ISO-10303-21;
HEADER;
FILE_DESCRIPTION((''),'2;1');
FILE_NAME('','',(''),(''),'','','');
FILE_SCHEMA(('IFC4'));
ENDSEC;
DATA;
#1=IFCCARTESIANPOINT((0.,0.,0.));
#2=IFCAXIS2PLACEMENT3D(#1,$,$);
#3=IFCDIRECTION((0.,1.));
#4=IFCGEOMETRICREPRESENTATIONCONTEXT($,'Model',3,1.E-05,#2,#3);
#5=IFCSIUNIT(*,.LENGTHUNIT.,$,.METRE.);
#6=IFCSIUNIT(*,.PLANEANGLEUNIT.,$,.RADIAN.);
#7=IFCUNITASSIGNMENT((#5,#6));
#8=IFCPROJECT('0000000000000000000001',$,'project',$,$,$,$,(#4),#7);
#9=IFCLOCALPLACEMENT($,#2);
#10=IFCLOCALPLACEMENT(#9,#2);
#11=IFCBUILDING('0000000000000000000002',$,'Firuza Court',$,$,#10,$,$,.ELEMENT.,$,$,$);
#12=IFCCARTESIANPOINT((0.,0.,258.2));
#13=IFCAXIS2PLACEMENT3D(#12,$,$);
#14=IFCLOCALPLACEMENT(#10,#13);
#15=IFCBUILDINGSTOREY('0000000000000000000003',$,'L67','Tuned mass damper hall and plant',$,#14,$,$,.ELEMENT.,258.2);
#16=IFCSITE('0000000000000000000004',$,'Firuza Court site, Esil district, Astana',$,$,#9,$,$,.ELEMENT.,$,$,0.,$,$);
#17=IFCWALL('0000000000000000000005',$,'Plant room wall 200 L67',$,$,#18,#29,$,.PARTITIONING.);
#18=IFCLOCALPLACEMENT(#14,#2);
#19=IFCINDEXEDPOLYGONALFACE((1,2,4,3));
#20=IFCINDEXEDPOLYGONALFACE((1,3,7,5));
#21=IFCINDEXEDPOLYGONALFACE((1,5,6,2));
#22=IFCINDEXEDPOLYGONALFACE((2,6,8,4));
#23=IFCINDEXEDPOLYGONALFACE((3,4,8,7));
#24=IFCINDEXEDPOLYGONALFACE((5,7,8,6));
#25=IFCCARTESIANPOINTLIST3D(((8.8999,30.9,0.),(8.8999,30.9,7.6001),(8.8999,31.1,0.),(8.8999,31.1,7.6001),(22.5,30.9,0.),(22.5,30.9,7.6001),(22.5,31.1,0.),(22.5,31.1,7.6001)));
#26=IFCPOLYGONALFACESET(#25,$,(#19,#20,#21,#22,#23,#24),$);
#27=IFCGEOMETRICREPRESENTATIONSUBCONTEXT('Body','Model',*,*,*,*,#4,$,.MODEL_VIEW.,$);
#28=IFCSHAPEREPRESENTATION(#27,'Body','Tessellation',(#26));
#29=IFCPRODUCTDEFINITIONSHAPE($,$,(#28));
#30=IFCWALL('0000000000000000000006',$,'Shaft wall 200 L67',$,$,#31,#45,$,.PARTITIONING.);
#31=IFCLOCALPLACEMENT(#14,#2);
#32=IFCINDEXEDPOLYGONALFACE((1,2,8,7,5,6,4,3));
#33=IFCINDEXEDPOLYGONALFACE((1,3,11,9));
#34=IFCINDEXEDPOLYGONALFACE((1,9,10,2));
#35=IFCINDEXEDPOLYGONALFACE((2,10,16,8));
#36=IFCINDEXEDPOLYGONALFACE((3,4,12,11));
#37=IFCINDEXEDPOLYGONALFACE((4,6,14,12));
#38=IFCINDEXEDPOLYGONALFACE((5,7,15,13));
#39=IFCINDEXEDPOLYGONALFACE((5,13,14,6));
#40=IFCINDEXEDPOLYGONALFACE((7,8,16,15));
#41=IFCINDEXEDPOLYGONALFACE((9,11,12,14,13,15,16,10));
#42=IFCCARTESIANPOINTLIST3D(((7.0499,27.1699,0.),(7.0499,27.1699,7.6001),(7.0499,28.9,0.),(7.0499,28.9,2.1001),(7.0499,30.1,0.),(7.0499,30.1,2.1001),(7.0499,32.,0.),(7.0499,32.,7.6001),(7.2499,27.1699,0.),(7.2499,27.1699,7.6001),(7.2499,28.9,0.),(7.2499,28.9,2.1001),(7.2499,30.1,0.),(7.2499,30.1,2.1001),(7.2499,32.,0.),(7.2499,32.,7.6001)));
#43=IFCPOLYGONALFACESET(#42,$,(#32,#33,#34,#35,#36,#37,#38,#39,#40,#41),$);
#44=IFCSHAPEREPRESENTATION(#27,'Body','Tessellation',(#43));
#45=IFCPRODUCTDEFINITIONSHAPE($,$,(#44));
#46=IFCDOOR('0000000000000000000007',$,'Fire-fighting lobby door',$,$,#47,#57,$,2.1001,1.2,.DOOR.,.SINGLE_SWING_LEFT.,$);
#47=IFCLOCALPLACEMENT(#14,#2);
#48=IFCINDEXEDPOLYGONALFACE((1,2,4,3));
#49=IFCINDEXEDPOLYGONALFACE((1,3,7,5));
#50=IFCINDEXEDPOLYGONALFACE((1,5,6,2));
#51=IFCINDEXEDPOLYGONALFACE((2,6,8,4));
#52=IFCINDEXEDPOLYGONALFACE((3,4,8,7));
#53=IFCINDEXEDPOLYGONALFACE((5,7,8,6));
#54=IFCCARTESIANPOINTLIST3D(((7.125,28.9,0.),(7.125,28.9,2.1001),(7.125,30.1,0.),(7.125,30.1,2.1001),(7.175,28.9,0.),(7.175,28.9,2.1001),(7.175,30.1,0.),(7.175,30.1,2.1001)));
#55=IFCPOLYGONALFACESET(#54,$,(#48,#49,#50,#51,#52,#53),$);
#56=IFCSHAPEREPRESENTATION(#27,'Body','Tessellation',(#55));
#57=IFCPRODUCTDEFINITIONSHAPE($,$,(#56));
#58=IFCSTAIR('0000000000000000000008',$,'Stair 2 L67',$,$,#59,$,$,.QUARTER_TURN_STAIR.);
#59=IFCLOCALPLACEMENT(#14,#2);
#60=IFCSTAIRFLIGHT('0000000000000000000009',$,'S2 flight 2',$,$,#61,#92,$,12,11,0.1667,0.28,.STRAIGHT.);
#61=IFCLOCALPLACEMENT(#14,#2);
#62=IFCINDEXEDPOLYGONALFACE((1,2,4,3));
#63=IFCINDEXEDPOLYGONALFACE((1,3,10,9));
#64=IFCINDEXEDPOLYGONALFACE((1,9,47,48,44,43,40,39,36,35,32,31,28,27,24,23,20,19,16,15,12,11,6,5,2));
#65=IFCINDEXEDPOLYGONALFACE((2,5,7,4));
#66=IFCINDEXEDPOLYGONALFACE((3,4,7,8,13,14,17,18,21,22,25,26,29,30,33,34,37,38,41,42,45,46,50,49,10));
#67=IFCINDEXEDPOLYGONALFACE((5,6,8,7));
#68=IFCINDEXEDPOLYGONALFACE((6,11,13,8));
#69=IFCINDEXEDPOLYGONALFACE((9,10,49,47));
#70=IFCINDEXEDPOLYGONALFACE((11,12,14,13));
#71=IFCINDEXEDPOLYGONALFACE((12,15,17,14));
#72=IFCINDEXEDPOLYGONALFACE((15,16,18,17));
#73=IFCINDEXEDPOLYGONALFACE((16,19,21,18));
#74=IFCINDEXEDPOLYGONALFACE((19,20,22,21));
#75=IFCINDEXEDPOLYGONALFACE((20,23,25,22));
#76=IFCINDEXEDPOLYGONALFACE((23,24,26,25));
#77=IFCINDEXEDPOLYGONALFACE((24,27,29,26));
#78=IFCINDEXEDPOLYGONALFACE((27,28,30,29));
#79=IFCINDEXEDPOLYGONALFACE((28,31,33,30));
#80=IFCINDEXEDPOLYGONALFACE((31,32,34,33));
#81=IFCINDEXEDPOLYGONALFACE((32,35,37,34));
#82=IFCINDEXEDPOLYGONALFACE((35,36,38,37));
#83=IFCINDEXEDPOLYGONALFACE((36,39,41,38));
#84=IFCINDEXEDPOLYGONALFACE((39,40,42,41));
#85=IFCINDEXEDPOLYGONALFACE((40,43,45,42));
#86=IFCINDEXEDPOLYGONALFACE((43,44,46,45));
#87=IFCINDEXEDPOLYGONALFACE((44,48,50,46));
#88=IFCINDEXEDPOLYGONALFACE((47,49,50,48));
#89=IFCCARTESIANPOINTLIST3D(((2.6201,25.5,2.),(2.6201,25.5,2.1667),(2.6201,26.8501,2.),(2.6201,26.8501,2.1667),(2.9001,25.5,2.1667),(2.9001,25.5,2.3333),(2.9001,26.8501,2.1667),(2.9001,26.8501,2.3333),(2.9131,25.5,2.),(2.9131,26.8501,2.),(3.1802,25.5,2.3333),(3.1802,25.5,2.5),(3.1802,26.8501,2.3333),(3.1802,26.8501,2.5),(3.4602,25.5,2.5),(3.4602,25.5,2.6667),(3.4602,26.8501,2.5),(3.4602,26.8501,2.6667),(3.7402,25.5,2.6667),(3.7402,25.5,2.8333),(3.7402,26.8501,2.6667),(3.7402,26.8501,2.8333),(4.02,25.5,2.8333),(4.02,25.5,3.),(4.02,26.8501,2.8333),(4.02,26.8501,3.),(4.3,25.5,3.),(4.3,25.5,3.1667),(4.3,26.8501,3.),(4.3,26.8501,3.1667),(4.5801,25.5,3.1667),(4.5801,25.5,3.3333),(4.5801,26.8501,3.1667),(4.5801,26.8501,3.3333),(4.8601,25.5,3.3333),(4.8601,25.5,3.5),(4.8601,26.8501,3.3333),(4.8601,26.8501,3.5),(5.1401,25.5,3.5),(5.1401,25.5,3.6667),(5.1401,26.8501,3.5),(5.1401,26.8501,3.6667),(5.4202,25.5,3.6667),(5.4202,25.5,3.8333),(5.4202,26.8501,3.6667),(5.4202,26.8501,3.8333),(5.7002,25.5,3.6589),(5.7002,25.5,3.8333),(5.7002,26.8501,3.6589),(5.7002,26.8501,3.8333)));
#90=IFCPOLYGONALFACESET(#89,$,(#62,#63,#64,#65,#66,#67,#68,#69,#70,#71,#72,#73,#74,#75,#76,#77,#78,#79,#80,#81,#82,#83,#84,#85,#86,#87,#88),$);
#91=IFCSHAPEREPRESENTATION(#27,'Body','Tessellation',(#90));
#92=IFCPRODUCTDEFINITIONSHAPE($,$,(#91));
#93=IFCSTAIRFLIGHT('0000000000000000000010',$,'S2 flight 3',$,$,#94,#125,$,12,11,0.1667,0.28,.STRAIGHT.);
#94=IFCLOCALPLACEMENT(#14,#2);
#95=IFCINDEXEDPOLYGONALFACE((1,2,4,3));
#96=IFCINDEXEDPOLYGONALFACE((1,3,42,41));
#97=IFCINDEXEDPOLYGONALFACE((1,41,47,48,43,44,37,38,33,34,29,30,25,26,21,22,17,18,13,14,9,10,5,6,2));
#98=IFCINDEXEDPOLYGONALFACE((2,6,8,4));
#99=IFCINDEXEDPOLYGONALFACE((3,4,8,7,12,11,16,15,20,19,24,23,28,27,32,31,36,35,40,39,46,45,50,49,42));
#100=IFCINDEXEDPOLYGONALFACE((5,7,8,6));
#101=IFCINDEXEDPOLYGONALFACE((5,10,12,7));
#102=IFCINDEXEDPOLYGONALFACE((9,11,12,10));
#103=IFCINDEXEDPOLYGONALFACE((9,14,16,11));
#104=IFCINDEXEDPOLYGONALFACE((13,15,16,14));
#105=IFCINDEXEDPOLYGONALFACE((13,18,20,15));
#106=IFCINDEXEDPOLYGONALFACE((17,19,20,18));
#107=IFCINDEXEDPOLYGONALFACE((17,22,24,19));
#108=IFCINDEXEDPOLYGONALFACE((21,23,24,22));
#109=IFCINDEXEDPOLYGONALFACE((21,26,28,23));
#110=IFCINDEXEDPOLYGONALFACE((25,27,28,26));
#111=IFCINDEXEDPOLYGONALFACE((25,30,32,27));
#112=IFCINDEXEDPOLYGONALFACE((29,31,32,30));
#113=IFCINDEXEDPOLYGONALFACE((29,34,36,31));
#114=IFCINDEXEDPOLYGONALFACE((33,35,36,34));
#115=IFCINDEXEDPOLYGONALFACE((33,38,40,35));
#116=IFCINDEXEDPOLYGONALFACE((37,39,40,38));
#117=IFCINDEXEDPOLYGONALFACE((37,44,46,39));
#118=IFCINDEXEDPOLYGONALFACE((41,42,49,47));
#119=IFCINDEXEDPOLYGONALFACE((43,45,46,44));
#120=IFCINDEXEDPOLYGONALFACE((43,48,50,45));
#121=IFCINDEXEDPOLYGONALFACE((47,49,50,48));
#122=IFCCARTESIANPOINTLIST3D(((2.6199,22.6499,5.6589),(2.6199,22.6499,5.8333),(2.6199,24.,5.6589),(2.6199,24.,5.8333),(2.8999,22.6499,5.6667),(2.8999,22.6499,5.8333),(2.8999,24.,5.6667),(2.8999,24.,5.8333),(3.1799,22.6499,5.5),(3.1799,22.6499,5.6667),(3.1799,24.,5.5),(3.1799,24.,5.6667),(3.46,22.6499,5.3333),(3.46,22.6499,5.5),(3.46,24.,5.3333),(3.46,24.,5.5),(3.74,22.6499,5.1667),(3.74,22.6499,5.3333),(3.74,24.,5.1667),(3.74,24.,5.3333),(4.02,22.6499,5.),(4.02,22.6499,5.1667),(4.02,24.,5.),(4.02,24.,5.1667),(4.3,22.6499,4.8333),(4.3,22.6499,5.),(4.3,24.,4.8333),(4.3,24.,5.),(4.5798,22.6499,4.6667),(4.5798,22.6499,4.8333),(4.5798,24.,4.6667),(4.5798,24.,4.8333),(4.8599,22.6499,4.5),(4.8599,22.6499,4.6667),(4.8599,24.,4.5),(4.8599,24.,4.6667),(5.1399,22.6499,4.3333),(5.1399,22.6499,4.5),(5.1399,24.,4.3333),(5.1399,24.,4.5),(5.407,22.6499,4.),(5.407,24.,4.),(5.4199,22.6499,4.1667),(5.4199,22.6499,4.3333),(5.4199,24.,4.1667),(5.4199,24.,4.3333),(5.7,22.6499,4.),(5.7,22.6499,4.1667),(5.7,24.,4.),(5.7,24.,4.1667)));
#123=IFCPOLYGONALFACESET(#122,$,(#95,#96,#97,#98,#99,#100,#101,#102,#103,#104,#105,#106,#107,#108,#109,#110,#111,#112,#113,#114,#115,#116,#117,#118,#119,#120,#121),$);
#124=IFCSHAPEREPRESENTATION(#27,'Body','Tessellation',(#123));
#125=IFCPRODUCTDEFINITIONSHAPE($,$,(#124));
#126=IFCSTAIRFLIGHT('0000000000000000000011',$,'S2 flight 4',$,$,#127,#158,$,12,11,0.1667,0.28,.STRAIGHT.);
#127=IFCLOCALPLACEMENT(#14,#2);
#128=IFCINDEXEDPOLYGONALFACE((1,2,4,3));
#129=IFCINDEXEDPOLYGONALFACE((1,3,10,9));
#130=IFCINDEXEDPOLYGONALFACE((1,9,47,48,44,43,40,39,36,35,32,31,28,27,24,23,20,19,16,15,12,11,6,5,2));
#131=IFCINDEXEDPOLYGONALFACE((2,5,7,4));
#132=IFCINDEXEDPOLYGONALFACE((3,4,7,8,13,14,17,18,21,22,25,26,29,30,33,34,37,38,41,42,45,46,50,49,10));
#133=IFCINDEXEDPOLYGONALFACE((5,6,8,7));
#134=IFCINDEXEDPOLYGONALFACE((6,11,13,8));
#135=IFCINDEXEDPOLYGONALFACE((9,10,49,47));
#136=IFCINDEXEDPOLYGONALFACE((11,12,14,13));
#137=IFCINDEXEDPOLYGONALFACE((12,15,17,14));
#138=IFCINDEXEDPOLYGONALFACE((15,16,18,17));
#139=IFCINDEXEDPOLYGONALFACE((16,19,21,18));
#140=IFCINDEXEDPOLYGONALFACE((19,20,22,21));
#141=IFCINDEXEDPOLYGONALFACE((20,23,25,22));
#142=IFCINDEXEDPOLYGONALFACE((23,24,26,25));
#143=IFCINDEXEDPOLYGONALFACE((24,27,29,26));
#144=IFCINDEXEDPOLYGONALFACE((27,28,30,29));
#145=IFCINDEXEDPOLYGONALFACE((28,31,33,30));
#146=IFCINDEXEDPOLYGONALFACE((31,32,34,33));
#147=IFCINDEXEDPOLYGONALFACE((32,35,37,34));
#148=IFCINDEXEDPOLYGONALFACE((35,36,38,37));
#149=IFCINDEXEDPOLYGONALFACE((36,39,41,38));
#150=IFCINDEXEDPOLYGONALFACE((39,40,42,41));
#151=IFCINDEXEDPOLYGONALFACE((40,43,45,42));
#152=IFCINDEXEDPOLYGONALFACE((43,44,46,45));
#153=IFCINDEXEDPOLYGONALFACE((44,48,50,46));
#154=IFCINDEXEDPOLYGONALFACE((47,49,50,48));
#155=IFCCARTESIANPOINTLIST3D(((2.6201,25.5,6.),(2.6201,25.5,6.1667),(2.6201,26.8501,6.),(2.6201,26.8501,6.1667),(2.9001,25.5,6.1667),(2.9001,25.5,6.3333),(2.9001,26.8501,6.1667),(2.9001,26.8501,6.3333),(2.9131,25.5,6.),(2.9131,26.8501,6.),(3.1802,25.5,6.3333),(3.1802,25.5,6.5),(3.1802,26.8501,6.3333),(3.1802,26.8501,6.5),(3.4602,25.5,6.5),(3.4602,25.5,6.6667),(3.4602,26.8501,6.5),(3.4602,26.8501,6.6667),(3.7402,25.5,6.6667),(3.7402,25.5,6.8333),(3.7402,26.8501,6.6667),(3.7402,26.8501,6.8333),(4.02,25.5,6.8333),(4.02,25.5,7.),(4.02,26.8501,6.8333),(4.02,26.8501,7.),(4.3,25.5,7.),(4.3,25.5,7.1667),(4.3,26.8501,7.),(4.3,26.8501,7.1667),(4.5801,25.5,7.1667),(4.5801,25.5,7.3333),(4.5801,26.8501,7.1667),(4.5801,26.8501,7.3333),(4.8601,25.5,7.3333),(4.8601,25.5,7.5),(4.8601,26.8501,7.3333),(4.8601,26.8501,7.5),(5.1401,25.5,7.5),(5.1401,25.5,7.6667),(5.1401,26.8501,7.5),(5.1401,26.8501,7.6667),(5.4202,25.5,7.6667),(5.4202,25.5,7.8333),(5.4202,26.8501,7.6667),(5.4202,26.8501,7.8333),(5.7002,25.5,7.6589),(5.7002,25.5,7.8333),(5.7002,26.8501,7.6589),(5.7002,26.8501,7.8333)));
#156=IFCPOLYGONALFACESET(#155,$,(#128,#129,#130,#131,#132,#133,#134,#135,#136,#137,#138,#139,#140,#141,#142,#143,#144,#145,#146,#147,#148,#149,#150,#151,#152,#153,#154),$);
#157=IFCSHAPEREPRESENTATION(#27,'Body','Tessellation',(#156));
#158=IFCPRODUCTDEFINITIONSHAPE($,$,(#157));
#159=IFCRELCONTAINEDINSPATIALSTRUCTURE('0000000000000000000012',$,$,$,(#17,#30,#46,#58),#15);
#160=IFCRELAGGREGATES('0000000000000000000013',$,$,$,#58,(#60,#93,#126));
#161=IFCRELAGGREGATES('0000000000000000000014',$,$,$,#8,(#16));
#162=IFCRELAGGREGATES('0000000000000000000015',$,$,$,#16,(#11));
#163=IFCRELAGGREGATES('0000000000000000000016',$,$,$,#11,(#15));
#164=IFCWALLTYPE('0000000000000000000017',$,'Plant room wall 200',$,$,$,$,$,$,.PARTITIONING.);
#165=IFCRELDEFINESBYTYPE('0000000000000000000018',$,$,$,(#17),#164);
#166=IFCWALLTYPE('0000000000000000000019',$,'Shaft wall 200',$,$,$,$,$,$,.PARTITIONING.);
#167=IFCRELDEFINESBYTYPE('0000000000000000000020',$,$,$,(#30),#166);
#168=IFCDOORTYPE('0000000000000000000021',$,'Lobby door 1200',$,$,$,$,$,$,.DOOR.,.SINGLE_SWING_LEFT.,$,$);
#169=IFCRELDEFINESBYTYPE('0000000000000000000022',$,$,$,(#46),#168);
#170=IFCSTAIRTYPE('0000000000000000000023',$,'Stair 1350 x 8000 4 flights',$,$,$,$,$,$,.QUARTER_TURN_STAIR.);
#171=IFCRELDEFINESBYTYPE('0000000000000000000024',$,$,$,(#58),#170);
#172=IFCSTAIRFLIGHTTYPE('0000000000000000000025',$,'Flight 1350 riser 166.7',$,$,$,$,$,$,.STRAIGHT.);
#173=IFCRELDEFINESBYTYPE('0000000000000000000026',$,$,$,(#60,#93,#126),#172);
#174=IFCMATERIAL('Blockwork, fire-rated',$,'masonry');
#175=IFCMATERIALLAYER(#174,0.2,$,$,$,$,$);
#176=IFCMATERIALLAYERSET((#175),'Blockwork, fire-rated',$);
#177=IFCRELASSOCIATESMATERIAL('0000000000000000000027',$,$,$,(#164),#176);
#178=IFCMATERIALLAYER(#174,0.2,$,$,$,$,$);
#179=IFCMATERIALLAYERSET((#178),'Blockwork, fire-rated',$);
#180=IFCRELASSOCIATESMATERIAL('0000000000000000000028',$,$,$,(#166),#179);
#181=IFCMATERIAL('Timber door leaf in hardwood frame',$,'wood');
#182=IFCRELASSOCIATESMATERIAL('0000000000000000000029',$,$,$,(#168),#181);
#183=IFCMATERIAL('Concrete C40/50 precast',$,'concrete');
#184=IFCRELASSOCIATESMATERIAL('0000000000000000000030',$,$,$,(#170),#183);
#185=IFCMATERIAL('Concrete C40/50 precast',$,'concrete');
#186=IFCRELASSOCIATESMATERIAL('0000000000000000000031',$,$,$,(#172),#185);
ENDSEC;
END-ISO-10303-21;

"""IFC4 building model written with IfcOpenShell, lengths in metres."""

from ifc_helpers import new_model, si_unit, direction, frame, frame_2d, origin, place, context, subcontext, project, spatial, polyline, rectangle, outline, extrude, material, layer, layer_set, type_object, element, fill, aggregate, save


model = new_model("IFC4")

# Units and contexts
model_context = context("Model", 3, precision=1e-05, world=origin(), true_north=direction((0.0, 1.0)))
body_context = subcontext(model_context, "Body", "Model", "MODEL_VIEW")
ifc_project = project(units=[si_unit("LENGTHUNIT", "METRE"), si_unit("PLANEANGLEUNIT", "RADIAN")], contexts=[model_context])

# Site, building, storey
site_placement = place(None, origin())
site = spatial("IfcSite", under=ifc_project, at=site_placement, Name="Firuza Court site, Esil district, Astana", CompositionType="ELEMENT", RefElevation=0.0)
building_placement = place(site_placement, origin())
building = spatial("IfcBuilding", under=site, at=building_placement, Name="Firuza Court", CompositionType="ELEMENT")
storey_placement = place(building_placement, frame((0.0, 0.0, 258.2)))
storey = spatial("IfcBuildingStorey", under=building, at=storey_placement, Name="L67", Description="Tuned mass damper hall and plant", CompositionType="ELEMENT", Elevation=258.2)

# Shared definitions
ifc_material_1 = material(Name="Blockwork, fire-rated", Category="masonry")
ifc_layer_1 = layer(ifc_material_1, 0.2)
ifc_layer_set_1 = layer_set([ifc_layer_1], Name="Blockwork, fire-rated")
wall_type_1 = type_object("IfcWallType", Name="Plant room wall 200", PredefinedType="PARTITIONING", material=ifc_layer_set_1)

# Wall
wall_1_placement = place(storey_placement, frame((8.8999, 31.0, 0.0), z_axis=(0.0, 0.0, 1.0), x_axis=(1.0, 0.0, 0.0)))
element("IfcWall", 1, at=wall_1_placement, inside=storey, type_object=wall_type_1, Name="Plant room wall 200 L67", PredefinedType="PARTITIONING", context=body_context, shape_type="SweptSolid", body=[
    extrude(rectangle(XDim=13.6001, YDim=0.2, at=frame_2d((6.8, 0.0))), origin(), (0.0, 0.0, 1.0), 7.6001),
])

# Wall, opening, door
ifc_layer_2 = layer(ifc_material_1, 0.2)
ifc_layer_set_2 = layer_set([ifc_layer_2], Name="Blockwork, fire-rated")
wall_type_2 = type_object("IfcWallType", Name="Shaft wall 200", PredefinedType="PARTITIONING", material=ifc_layer_set_2)
wall_2_placement = place(storey_placement, frame((7.1499, 27.1699, 0.0), z_axis=(0.0, 0.0, 1.0), x_axis=(0.0, 1.0, 0.0)))
wall_2 = element("IfcWall", 2, at=wall_2_placement, inside=storey, type_object=wall_type_2, Name="Shaft wall 200 L67", PredefinedType="PARTITIONING", context=body_context, shape_type="SweptSolid", body=[
    extrude(rectangle(XDim=4.8301, YDim=0.2, at=frame_2d((2.415, 0.0))), origin(), (0.0, 0.0, 1.0), 7.6001),
])
opening_1_placement = place(wall_2_placement, frame((1.73, 0.0, 0.0)))
opening_1 = element("IfcOpeningElement", 3, at=opening_1_placement, cuts=wall_2, PredefinedType="OPENING", context=body_context, shape_type="SweptSolid", body=[
    extrude(rectangle(XDim=1.2, YDim=2.1001, at=frame_2d((0.6001, 1.05))), frame((0.0, 0.1118, 0.0), z_axis=(0.0, -1.0, 0.0), x_axis=(1.0, 0.0, 0.0)), (0.0, 0.0, 1.0), 0.2239),
])
ifc_material_2 = material(Name="Timber door leaf in hardwood frame", Category="wood")
door_type_1 = type_object("IfcDoorType", Name="Lobby door 1200", OperationType="SINGLE_SWING_LEFT", PredefinedType="DOOR", material=ifc_material_2)
door_1_placement = place(opening_1_placement, origin())
door_1 = element("IfcDoor", 4, at=door_1_placement, inside=storey, type_object=door_type_1, Name="Fire-fighting lobby door", OperationType="SINGLE_SWING_LEFT", OverallHeight=2.1001, OverallWidth=1.2, PredefinedType="DOOR", context=body_context, shape_type="SweptSolid", body=[
    extrude(rectangle(XDim=1.2, YDim=2.1001, at=frame_2d((0.6001, 1.05))), frame((0.0, 0.0249, 0.0), z_axis=(0.0, -1.0, 0.0), x_axis=(1.0, 0.0, 0.0)), (0.0, 0.0, 1.0), 0.05),
])
fill(opening_1, door_1)

# Stair, stair flights
ifc_material_3 = material(Name="Concrete C40/50 precast", Category="concrete")
stair_type = type_object("IfcStairType", Name="Stair 1350 x 8000 4 flights", PredefinedType="QUARTER_TURN_STAIR", material=ifc_material_3)
stair_placement = place(storey_placement, origin())
stair = element("IfcStair", 5, at=stair_placement, inside=storey, type_object=stair_type, Name="Stair 2 L67", PredefinedType="QUARTER_TURN_STAIR")
ifc_material_4 = material(Name="Concrete C40/50 precast", Category="concrete")
stair_flight_type = type_object("IfcStairFlightType", Name="Flight 1350 riser 166.7", PredefinedType="STRAIGHT", material=ifc_material_4)
stair_flight_1_placement = place(storey_placement, frame((2.6201, 26.175, 2.0), z_axis=(0.0, 0.0, 1.0), x_axis=(1.0, 0.0, 0.0)))
stair_flight_1 = element("IfcStairFlight", 6, at=stair_flight_1_placement, type_object=stair_flight_type, Name="S2 flight 2", NumberOfRisers=12, NumberOfTreads=11, PredefinedType="STRAIGHT", RiserHeight=0.1667, TreadLength=0.28, context=body_context, shape_type="SweptSolid", body=[
    extrude(outline(polyline([(0.0, 0.0), (0.0, 0.1667), (0.28, 0.1667), (0.28, 0.3333), (0.5601, 0.3333), (0.5601, 0.5), (0.8401, 0.5), (0.8401, 0.6667), (1.1201, 0.6667), (1.1201, 0.8333), (1.3999, 0.8333), (1.3999, 1.0), (1.6799, 1.0), (1.6799, 1.1667), (1.96, 1.1667), (1.96, 1.3333), (2.24, 1.3333), (2.24, 1.5), (2.52, 1.5), (2.52, 1.6667), (2.8, 1.6667), (2.8, 1.8333), (3.0801, 1.8333), (3.0801, 2.0), (3.0801, 1.6589), (0.293, 0.0), (0.0, 0.0)])), frame((0.0, 0.675, 0.0), z_axis=(0.0, -1.0, 0.0), x_axis=(1.0, 0.0, 0.0)), (0.0, 0.0, 1.0), 1.3501),
])
stair_flight_2_placement = place(storey_placement, frame((5.7, 23.325, 4.0), z_axis=(0.0, 0.0, 1.0), x_axis=(-1.0, 0.0, 0.0)))
stair_flight_2 = element("IfcStairFlight", 7, at=stair_flight_2_placement, type_object=stair_flight_type, Name="S2 flight 3", NumberOfRisers=12, NumberOfTreads=11, PredefinedType="STRAIGHT", RiserHeight=0.1667, TreadLength=0.28, context=body_context, shape_type="SweptSolid", body=[
    extrude(outline(polyline([(0.0, 0.0), (0.0, 0.1667), (0.28, 0.1667), (0.28, 0.3333), (0.5601, 0.3333), (0.5601, 0.5), (0.8401, 0.5), (0.8401, 0.6667), (1.1201, 0.6667), (1.1201, 0.8333), (1.3999, 0.8333), (1.3999, 1.0), (1.6799, 1.0), (1.6799, 1.1667), (1.96, 1.1667), (1.96, 1.3333), (2.24, 1.3333), (2.24, 1.5), (2.52, 1.5), (2.52, 1.6667), (2.8, 1.6667), (2.8, 1.8333), (3.0801, 1.8333), (3.0801, 2.0), (3.0801, 1.6589), (0.293, 0.0), (0.0, 0.0)])), frame((0.0, 0.675, 0.0), z_axis=(0.0, -1.0, 0.0), x_axis=(1.0, 0.0, 0.0)), (0.0, 0.0, 1.0), 1.3501),
])
stair_flight_3_placement = place(storey_placement, frame((2.6201, 26.175, 6.0), z_axis=(0.0, 0.0, 1.0), x_axis=(1.0, 0.0, 0.0)))
stair_flight_3 = element("IfcStairFlight", 8, at=stair_flight_3_placement, type_object=stair_flight_type, Name="S2 flight 4", NumberOfRisers=12, NumberOfTreads=11, PredefinedType="STRAIGHT", RiserHeight=0.1667, TreadLength=0.28, context=body_context, shape_type="SweptSolid", body=[
    extrude(outline(polyline([(0.0, 0.0), (0.0, 0.1667), (0.28, 0.1667), (0.28, 0.3333), (0.5601, 0.3333), (0.5601, 0.5), (0.8401, 0.5), (0.8401, 0.6667), (1.1201, 0.6667), (1.1201, 0.8333), (1.3999, 0.8333), (1.3999, 1.0), (1.6799, 1.0), (1.6799, 1.1667), (1.96, 1.1667), (1.96, 1.3333), (2.24, 1.3333), (2.24, 1.5), (2.52, 1.5), (2.52, 1.6667), (2.8, 1.6667), (2.8, 1.8333), (3.0801, 1.8333), (3.0801, 2.0), (3.0801, 1.6589), (0.293, 0.0), (0.0, 0.0)])), frame((0.0, 0.675, 0.0), z_axis=(0.0, -1.0, 0.0), x_axis=(1.0, 0.0, 0.0)), (0.0, 0.0, 1.0), 1.3501),
])
aggregate(stair, [stair_flight_1, stair_flight_2, stair_flight_3])

save(model, "model.ifc")
